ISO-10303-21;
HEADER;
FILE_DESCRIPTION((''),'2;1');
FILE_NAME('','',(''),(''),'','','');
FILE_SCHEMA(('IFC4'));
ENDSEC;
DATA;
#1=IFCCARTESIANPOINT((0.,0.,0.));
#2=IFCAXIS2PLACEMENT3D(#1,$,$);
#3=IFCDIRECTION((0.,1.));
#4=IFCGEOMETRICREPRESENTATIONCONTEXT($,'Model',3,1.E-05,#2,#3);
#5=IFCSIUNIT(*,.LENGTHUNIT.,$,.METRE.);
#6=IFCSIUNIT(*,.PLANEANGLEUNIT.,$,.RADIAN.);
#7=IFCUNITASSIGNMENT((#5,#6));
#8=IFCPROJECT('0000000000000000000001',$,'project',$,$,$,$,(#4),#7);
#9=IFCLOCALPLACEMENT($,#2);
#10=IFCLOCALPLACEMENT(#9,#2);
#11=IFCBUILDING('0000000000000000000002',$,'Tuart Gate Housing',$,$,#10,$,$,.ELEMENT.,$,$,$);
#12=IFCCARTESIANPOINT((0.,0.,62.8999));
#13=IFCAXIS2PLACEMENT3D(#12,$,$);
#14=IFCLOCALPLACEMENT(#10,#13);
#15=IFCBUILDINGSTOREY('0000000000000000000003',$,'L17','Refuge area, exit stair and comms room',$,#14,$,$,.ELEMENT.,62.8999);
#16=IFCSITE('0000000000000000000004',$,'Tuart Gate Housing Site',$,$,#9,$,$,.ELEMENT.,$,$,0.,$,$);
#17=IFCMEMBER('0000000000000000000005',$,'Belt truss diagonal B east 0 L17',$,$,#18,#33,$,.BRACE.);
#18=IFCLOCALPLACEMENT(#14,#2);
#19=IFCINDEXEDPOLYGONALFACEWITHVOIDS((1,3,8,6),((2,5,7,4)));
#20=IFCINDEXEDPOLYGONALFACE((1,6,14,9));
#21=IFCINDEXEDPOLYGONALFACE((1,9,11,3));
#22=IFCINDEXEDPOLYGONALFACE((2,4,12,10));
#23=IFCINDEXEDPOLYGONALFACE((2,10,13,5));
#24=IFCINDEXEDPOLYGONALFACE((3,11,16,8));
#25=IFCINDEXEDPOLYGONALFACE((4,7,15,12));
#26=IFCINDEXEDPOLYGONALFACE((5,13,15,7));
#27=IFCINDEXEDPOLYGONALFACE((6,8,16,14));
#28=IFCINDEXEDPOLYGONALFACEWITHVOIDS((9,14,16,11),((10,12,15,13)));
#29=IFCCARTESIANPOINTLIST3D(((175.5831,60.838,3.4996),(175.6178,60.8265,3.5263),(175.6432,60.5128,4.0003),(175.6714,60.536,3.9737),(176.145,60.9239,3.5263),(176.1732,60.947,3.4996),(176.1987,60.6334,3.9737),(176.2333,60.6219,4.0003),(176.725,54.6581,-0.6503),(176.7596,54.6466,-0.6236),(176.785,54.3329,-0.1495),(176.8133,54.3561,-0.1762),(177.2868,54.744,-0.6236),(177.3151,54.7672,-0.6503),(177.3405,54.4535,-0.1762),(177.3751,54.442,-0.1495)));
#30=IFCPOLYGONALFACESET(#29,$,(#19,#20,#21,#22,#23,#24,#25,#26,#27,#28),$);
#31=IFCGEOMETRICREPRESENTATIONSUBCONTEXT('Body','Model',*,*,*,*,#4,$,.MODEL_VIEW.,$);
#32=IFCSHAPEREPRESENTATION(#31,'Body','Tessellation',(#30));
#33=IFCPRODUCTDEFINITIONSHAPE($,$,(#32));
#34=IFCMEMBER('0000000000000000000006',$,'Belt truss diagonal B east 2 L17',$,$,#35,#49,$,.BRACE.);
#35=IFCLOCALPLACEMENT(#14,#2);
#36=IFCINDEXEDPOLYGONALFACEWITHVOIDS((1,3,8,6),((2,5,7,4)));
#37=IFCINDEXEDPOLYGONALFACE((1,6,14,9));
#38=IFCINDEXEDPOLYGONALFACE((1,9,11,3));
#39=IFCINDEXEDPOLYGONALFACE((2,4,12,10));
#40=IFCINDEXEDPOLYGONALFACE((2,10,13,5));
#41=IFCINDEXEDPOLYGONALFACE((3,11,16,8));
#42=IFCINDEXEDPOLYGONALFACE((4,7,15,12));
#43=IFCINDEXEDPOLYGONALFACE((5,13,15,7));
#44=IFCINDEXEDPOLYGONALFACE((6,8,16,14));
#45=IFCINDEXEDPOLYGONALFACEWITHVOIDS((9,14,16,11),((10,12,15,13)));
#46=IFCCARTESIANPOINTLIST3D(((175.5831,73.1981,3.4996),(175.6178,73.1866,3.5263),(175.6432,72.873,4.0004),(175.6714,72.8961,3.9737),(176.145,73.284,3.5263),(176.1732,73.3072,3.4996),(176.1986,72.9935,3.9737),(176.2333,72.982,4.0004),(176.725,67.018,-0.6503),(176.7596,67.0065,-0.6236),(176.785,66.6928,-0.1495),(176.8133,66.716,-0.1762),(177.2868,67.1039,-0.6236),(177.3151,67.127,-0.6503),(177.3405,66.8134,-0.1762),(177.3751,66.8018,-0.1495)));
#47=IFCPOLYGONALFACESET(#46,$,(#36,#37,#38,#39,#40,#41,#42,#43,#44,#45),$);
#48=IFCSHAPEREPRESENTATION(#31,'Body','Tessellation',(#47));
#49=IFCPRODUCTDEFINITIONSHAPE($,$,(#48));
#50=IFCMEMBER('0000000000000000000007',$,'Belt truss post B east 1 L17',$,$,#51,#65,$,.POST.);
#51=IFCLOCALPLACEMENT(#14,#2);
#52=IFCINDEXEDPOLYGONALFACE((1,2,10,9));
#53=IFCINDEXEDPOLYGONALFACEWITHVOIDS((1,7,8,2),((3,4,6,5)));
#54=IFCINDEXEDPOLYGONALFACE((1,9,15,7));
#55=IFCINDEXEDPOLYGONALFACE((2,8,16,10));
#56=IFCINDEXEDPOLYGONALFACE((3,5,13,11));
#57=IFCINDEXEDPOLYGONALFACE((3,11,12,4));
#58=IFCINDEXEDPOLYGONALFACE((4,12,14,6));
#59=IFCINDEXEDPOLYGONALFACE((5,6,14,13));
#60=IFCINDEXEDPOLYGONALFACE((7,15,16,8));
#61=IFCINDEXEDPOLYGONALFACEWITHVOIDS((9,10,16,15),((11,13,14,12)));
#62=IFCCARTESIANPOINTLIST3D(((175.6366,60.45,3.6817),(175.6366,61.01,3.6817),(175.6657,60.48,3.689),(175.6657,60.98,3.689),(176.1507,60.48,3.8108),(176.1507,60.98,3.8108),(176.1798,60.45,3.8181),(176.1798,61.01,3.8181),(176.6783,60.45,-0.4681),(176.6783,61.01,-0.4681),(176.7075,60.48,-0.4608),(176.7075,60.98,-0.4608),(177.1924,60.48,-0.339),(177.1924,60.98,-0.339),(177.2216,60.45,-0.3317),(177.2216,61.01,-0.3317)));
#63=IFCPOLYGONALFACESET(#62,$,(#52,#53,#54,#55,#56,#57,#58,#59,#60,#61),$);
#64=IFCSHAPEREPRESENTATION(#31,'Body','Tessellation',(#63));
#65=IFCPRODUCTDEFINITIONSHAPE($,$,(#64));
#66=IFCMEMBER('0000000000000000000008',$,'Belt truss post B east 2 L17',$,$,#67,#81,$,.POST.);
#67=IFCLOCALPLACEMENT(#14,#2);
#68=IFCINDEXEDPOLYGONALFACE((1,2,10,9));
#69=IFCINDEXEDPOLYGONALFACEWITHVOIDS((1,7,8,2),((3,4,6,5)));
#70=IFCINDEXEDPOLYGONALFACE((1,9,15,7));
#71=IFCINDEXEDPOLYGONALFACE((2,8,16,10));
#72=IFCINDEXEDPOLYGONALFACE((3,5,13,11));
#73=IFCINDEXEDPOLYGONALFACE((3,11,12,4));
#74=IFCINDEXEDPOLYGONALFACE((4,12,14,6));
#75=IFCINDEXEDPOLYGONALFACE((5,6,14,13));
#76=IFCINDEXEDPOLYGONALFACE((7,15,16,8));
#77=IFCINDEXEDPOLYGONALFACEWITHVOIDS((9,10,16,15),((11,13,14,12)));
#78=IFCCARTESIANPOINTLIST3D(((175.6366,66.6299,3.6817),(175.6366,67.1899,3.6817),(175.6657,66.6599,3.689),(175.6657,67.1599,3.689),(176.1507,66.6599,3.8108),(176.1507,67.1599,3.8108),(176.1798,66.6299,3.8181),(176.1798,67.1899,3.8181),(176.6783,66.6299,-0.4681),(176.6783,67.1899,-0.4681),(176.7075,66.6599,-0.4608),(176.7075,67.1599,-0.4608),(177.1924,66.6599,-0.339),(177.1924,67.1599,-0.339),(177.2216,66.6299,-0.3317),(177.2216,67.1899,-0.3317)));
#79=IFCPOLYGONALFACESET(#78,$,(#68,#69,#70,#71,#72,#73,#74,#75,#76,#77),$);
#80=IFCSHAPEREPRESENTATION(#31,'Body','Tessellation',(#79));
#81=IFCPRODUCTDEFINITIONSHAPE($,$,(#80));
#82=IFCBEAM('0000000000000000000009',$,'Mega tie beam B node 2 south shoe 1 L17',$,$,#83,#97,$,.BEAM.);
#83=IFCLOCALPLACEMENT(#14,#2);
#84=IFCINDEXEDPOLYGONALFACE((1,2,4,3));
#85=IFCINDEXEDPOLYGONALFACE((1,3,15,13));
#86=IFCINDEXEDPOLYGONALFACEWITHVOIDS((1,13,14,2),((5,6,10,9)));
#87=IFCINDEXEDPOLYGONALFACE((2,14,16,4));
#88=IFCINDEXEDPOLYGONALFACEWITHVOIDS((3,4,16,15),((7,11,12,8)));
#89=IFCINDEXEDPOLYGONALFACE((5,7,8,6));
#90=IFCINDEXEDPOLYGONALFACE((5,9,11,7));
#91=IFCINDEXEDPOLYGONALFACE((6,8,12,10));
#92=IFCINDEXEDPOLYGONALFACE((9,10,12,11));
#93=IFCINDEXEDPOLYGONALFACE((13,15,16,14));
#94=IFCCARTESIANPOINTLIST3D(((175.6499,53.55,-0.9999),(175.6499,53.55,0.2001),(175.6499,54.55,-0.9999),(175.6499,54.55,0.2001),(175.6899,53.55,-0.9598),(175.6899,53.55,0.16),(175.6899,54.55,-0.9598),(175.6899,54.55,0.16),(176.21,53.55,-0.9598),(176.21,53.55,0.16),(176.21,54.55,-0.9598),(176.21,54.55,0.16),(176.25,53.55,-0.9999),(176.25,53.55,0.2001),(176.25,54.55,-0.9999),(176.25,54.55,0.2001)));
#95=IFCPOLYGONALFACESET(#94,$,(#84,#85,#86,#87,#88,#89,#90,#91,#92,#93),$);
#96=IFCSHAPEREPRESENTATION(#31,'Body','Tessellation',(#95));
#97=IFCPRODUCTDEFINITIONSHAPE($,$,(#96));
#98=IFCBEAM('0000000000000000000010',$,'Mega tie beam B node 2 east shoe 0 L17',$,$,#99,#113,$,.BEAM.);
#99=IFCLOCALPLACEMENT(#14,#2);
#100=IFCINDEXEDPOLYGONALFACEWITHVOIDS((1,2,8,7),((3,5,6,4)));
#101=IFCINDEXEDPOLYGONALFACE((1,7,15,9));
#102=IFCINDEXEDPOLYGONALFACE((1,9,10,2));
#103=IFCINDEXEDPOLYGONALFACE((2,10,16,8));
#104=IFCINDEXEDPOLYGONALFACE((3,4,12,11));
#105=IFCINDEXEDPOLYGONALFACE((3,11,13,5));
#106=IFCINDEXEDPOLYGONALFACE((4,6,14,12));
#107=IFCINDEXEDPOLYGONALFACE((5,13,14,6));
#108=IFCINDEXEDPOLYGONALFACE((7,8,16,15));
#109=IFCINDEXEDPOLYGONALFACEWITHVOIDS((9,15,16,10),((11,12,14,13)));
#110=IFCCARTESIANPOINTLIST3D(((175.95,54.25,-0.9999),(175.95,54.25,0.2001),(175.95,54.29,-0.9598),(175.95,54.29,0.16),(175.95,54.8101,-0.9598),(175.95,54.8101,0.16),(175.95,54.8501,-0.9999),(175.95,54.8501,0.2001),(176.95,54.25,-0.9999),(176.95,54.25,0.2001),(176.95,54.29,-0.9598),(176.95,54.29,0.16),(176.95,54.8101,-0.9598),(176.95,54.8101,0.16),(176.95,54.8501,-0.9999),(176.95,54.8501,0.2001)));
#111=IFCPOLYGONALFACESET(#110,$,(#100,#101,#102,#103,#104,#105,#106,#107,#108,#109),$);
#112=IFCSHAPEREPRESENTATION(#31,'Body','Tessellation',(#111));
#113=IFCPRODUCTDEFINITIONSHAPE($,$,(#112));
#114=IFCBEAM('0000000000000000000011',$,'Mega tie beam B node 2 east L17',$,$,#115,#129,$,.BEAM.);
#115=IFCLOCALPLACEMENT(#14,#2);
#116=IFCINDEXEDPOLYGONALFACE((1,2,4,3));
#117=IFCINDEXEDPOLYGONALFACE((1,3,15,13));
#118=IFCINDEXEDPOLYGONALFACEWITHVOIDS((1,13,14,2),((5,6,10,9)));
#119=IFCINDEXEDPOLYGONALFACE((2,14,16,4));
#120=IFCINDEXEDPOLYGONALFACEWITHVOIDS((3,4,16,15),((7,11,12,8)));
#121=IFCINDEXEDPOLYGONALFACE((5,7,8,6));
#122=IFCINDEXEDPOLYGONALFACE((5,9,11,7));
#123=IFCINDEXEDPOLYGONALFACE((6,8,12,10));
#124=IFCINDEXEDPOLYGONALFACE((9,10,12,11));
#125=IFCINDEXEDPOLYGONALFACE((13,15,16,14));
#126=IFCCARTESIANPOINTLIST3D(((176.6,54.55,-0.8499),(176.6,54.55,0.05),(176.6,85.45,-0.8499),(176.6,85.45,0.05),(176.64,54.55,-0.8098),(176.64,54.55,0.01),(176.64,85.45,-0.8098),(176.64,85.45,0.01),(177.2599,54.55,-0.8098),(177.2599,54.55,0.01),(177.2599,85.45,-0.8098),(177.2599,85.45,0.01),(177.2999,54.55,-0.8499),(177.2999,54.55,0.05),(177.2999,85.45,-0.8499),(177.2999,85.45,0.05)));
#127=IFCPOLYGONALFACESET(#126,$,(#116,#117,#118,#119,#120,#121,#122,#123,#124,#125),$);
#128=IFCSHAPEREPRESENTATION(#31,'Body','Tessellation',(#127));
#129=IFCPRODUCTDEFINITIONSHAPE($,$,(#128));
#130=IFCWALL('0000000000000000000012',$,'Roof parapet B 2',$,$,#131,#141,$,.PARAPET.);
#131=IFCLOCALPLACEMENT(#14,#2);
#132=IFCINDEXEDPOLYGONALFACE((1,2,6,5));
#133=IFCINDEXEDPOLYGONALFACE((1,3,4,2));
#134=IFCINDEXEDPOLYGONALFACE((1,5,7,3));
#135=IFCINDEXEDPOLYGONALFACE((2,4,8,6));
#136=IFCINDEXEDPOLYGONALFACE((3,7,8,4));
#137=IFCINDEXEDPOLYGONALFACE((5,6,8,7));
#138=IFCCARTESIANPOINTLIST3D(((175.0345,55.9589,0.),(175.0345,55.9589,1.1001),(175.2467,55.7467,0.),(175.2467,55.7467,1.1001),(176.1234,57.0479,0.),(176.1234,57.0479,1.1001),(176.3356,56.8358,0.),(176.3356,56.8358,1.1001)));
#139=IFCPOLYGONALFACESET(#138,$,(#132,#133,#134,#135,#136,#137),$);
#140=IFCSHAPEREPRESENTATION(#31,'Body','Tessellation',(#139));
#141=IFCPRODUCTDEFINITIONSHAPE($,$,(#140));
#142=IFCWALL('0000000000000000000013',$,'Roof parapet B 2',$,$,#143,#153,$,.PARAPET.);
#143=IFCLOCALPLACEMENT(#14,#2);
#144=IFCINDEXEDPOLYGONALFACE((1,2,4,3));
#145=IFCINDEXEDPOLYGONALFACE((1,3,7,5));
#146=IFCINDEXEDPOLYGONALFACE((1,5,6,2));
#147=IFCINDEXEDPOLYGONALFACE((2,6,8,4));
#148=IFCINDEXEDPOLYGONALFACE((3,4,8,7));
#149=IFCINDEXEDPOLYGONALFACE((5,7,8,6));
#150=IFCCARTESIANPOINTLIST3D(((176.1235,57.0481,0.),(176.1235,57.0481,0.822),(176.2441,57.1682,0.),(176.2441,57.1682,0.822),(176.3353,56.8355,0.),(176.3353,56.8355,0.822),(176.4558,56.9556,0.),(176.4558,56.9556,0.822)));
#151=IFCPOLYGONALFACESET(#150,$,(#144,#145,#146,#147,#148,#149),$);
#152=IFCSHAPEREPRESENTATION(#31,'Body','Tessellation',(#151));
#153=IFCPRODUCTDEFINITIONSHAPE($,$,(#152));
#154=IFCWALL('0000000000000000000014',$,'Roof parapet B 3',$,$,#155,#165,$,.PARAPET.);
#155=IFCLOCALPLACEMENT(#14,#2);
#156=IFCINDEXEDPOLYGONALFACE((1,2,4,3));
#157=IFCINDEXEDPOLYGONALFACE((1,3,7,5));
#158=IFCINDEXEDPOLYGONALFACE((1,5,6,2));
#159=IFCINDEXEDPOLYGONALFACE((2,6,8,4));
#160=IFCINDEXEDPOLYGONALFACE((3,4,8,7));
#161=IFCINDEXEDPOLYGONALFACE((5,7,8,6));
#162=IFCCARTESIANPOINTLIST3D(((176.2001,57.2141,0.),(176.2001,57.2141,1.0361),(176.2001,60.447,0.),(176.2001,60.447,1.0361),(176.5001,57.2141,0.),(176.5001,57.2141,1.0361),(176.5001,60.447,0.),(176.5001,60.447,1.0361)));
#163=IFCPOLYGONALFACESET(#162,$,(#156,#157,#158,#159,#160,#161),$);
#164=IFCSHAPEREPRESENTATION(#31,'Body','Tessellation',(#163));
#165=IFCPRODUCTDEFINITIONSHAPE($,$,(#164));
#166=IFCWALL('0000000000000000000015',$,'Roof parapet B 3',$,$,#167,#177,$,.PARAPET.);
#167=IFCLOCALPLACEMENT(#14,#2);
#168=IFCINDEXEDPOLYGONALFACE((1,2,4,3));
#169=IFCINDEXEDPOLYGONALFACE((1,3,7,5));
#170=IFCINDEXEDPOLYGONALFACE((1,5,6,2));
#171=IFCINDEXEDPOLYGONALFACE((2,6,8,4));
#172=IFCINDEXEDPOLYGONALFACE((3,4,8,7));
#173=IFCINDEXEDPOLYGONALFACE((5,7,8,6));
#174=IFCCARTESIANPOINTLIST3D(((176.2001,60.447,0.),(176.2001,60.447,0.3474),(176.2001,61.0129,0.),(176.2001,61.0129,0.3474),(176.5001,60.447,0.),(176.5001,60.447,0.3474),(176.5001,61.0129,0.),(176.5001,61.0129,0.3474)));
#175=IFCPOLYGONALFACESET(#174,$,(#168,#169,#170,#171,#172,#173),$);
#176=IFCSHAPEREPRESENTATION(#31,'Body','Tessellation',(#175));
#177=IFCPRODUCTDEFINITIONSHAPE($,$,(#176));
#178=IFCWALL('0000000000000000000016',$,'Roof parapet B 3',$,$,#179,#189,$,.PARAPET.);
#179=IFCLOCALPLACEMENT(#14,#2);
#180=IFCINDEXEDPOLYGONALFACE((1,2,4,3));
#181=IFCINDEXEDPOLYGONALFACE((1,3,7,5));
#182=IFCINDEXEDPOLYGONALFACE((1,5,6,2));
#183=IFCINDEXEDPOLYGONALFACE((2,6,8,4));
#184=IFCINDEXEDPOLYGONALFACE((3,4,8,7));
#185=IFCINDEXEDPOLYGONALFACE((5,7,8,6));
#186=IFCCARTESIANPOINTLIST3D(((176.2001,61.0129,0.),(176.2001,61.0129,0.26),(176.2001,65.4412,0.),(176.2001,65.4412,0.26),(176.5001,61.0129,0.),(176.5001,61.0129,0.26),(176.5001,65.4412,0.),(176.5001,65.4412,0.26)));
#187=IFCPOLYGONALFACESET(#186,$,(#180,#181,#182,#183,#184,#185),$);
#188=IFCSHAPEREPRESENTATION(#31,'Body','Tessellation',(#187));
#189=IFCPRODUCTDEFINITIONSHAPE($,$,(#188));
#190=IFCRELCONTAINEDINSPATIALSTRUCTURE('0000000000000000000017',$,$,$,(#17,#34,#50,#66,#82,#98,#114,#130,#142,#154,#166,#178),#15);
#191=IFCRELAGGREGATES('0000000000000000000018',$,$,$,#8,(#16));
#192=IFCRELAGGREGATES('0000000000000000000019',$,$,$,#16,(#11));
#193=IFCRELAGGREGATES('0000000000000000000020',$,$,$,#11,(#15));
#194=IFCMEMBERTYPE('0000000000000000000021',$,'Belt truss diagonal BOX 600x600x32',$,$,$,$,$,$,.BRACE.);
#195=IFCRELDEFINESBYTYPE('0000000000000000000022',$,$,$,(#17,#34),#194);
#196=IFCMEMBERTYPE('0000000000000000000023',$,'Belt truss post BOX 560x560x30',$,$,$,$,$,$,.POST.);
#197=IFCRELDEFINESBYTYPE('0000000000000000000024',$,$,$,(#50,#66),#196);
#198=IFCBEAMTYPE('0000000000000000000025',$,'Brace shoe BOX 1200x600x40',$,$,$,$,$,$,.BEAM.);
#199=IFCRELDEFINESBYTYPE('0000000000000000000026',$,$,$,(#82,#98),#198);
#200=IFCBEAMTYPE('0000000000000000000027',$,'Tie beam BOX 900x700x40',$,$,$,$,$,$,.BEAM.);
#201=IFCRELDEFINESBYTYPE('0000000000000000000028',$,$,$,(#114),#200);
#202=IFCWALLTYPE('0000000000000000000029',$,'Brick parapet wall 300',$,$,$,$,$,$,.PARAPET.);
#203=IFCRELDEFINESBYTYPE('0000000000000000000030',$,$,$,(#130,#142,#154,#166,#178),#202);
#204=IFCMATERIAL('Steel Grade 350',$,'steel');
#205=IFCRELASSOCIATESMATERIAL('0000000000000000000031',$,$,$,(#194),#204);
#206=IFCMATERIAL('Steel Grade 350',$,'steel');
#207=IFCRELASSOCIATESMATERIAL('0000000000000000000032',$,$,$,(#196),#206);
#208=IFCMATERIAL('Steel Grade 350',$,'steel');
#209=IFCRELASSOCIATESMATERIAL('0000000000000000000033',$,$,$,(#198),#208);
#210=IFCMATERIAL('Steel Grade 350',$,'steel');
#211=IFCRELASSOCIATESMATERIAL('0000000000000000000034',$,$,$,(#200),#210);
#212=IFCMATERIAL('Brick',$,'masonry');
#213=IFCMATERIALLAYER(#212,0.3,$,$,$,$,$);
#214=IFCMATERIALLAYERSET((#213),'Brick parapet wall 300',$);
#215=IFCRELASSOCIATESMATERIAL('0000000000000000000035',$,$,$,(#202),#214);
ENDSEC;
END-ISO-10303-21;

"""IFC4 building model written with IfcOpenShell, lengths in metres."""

from ifc_helpers import new_model, si_unit, direction, frame, frame_2d, origin, origin_2d, place, context, subcontext, project, spatial, rectangle, hollow_rectangle, extrude, material, layer, layer_set, material_profile, profile_set, type_object, element, save


model = new_model("IFC4")

# Units and contexts
model_context = context("Model", 3, precision=1e-05, world=origin(), true_north=direction((0.0, 1.0)))
body_context = subcontext(model_context, "Body", "Model", "MODEL_VIEW")
ifc_project = project(units=[si_unit("LENGTHUNIT", "METRE"), si_unit("PLANEANGLEUNIT", "RADIAN")], contexts=[model_context])

# Site, building, storey
site_placement = place(None, origin())
site = spatial("IfcSite", under=ifc_project, at=site_placement, Name="Tuart Gate Housing Site", CompositionType="ELEMENT", RefElevation=0.0)
building_placement = place(site_placement, origin())
building = spatial("IfcBuilding", under=site, at=building_placement, Name="Tuart Gate Housing", CompositionType="ELEMENT")
storey_placement = place(building_placement, frame((0.0, 0.0, 62.8999)))
storey = spatial("IfcBuildingStorey", under=building, at=storey_placement, Name="L17", Description="Refuge area, exit stair and comms room", CompositionType="ELEMENT", Elevation=62.8999)

# Members
ifc_material_1 = material(Name="Steel Grade 350", Category="steel")
ifc_material_profile_1 = material_profile(ifc_material_1, hollow_rectangle(XDim=0.6001, YDim=0.6001, WallThickness=0.032, at=origin_2d()), Name="BOX 600x600x32")
ifc_profile_set_1 = profile_set([ifc_material_profile_1], Name="Steel Grade 350")
member_type_1 = type_object("IfcMemberType", Name="Belt truss diagonal BOX 600x600x32", PredefinedType="BRACE", material=ifc_profile_set_1)
member_1_placement = place(storey_placement, frame((177.05, 54.55, -0.3999), z_axis=(-0.151618, 0.820591, 0.551037), x_axis=(-0.983356, -0.181691, 0.0)))
element("IfcMember", 1, at=member_1_placement, inside=storey, type_object=member_type_1, Name="Belt truss diagonal B east 0 L17", PredefinedType="BRACE", context=body_context, shape_type="SweptSolid", body=[
    extrude(hollow_rectangle(XDim=0.6001, YDim=0.6001, WallThickness=0.032, at=origin_2d()), origin(), (0.0, 0.0, 1.0), 7.531),
])
member_2_placement = place(storey_placement, frame((177.05, 66.9099, -0.3999), z_axis=(-0.151614, 0.820602, 0.551023), x_axis=(-0.983357, -0.181684, 0.0)))
element("IfcMember", 2, at=member_2_placement, inside=storey, type_object=member_type_1, Name="Belt truss diagonal B east 2 L17", PredefinedType="BRACE", context=body_context, shape_type="SweptSolid", body=[
    extrude(hollow_rectangle(XDim=0.6001, YDim=0.6001, WallThickness=0.032, at=origin_2d()), origin(), (0.0, 0.0, 1.0), 7.5312),
])
ifc_material_2 = material(Name="Steel Grade 350", Category="steel")
ifc_material_profile_2 = material_profile(ifc_material_2, hollow_rectangle(XDim=0.5601, YDim=0.5601, WallThickness=0.03, at=origin_2d()), Name="BOX 560x560x30")
ifc_profile_set_2 = profile_set([ifc_material_profile_2], Name="Steel Grade 350")
member_type_2 = type_object("IfcMemberType", Name="Belt truss post BOX 560x560x30", PredefinedType="POST", material=ifc_profile_set_2)
for number, where, z_axis, x_axis, name in (
    (3, (176.95, 60.73, -0.3999), (-0.243475, 0.0, 0.969907), (0.0, -1.0, 0.0), "Belt truss post B east 1 L17"),
    (4, (176.95, 66.9099, -0.3999), (-0.243475, 0.0, 0.969907), (0.0, -1.0, 0.0), "Belt truss post B east 2 L17"),
):
    element("IfcMember", number, at=place(storey_placement, frame(where, z_axis=z_axis, x_axis=x_axis)), inside=storey, type_object=member_type_2, Name=name, PredefinedType="POST", context=body_context, shape_type="SweptSolid", body=[
        extrude(hollow_rectangle(XDim=0.5601, YDim=0.5601, WallThickness=0.03, at=origin_2d()), origin(), (0.0, 0.0, 1.0), 4.2786),
    ])

# Beams
ifc_material_3 = material(Name="Steel Grade 350", Category="steel")
ifc_material_profile_3 = material_profile(ifc_material_3, hollow_rectangle(XDim=0.6001, YDim=1.2, WallThickness=0.04, at=origin_2d()), Name="BOX 1200x600x40")
ifc_profile_set_3 = profile_set([ifc_material_profile_3], Name="Steel Grade 350")
beam_type_1 = type_object("IfcBeamType", Name="Brace shoe BOX 1200x600x40", PredefinedType="BEAM", material=ifc_profile_set_3)
for number, where, z_axis, x_axis, name in (
    (5, (175.95, 54.55, -0.3999), (0.0, -1.0, 0.0), (1.0, 0.0, 0.0), "Mega tie beam B node 2 south shoe 1 L17"),
    (6, (175.95, 54.55, -0.3999), (1.0, 0.0, 0.0), (0.0, 1.0, 0.0), "Mega tie beam B node 2 east shoe 0 L17"),
):
    element("IfcBeam", number, at=place(storey_placement, frame(where, z_axis=z_axis, x_axis=x_axis)), inside=storey, type_object=beam_type_1, Name=name, PredefinedType="BEAM", context=body_context, shape_type="SweptSolid", body=[
        extrude(hollow_rectangle(XDim=0.6001, YDim=1.2, WallThickness=0.04, at=origin_2d()), origin(), (0.0, 0.0, 1.0), 1.0),
    ])
ifc_material_4 = material(Name="Steel Grade 350", Category="steel")
ifc_material_profile_4 = material_profile(ifc_material_4, hollow_rectangle(XDim=0.7, YDim=0.8999, WallThickness=0.04, at=origin_2d()), Name="BOX 900x700x40")
ifc_profile_set_4 = profile_set([ifc_material_profile_4], Name="Steel Grade 350")
beam_type_2 = type_object("IfcBeamType", Name="Tie beam BOX 900x700x40", PredefinedType="BEAM", material=ifc_profile_set_4)
beam_placement = place(storey_placement, frame((176.95, 54.55, -0.3999), z_axis=(0.0, 1.0, 0.0), x_axis=(-1.0, 0.0, 0.0)))
element("IfcBeam", 7, at=beam_placement, inside=storey, type_object=beam_type_2, Name="Mega tie beam B node 2 east L17", PredefinedType="BEAM", context=body_context, shape_type="SweptSolid", body=[
    extrude(hollow_rectangle(XDim=0.7, YDim=0.8999, WallThickness=0.04, at=origin_2d()), origin(), (0.0, 0.0, 1.0), 30.8999),
])

# Walls
ifc_material_5 = material(Name="Brick", Category="masonry")
ifc_layer_1 = layer(ifc_material_5, 0.3)
ifc_layer_set_1 = layer_set([ifc_layer_1], Name="Brick parapet wall 300")
wall_type_1 = type_object("IfcWallType", Name="Brick parapet wall 300", PredefinedType="PARAPET", material=ifc_layer_set_1)
wall_1_placement = place(storey_placement, frame((175.1406, 55.8528, 0.0), z_axis=(0.0, 0.0, 1.0), x_axis=(0.707028, 0.707186, 0.0)))
element("IfcWall", 8, at=wall_1_placement, inside=storey, type_object=wall_type_1, Name="Roof parapet B 2", PredefinedType="PARAPET", context=body_context, shape_type="SweptSolid", body=[
    extrude(rectangle(XDim=1.54, YDim=0.3, at=frame_2d((0.77, 0.0))), origin(), (0.0, 0.0, 1.0), 1.1001),
])
wall_2_placement = place(storey_placement, frame((176.2295, 56.9419, 0.0), z_axis=(0.0, 0.0, 1.0), x_axis=(0.70854, 0.705671, 0.0)))
element("IfcWall", 9, at=wall_2_placement, inside=storey, type_object=wall_type_1, Name="Roof parapet B 2", PredefinedType="PARAPET", context=body_context, shape_type="SweptSolid", body=[
    extrude(rectangle(XDim=0.1702, YDim=0.3, at=frame_2d((0.085, 0.0))), origin(), (0.0, 0.0, 1.0), 0.822),
])
wall_3_placement = place(storey_placement, frame((176.3501, 57.2141, 0.0), z_axis=(0.0, 0.0, 1.0), x_axis=(0.0, 1.0, 0.0)))
element("IfcWall", 10, at=wall_3_placement, inside=storey, type_object=wall_type_1, Name="Roof parapet B 3", PredefinedType="PARAPET", context=body_context, shape_type="SweptSolid", body=[
    extrude(rectangle(XDim=3.2329, YDim=0.3, at=frame_2d((1.6165, 0.0))), origin(), (0.0, 0.0, 1.0), 1.0361),
])
wall_4_placement = place(storey_placement, frame((176.3501, 60.447, 0.0), z_axis=(0.0, 0.0, 1.0), x_axis=(0.0, 1.0, 0.0)))
element("IfcWall", 11, at=wall_4_placement, inside=storey, type_object=wall_type_1, Name="Roof parapet B 3", PredefinedType="PARAPET", context=body_context, shape_type="SweptSolid", body=[
    extrude(rectangle(XDim=0.5659, YDim=0.3, at=frame_2d((0.283, 0.0))), origin(), (0.0, 0.0, 1.0), 0.3474),
])
wall_5_placement = place(storey_placement, frame((176.3501, 61.0129, 0.0), z_axis=(0.0, 0.0, 1.0), x_axis=(0.0, 1.0, 0.0)))
element("IfcWall", 12, at=wall_5_placement, inside=storey, type_object=wall_type_1, Name="Roof parapet B 3", PredefinedType="PARAPET", context=body_context, shape_type="SweptSolid", body=[
    extrude(rectangle(XDim=4.4282, YDim=0.3, at=frame_2d((2.2141, 0.0))), origin(), (0.0, 0.0, 1.0), 0.26),
])

save(model, "model.ifc")
